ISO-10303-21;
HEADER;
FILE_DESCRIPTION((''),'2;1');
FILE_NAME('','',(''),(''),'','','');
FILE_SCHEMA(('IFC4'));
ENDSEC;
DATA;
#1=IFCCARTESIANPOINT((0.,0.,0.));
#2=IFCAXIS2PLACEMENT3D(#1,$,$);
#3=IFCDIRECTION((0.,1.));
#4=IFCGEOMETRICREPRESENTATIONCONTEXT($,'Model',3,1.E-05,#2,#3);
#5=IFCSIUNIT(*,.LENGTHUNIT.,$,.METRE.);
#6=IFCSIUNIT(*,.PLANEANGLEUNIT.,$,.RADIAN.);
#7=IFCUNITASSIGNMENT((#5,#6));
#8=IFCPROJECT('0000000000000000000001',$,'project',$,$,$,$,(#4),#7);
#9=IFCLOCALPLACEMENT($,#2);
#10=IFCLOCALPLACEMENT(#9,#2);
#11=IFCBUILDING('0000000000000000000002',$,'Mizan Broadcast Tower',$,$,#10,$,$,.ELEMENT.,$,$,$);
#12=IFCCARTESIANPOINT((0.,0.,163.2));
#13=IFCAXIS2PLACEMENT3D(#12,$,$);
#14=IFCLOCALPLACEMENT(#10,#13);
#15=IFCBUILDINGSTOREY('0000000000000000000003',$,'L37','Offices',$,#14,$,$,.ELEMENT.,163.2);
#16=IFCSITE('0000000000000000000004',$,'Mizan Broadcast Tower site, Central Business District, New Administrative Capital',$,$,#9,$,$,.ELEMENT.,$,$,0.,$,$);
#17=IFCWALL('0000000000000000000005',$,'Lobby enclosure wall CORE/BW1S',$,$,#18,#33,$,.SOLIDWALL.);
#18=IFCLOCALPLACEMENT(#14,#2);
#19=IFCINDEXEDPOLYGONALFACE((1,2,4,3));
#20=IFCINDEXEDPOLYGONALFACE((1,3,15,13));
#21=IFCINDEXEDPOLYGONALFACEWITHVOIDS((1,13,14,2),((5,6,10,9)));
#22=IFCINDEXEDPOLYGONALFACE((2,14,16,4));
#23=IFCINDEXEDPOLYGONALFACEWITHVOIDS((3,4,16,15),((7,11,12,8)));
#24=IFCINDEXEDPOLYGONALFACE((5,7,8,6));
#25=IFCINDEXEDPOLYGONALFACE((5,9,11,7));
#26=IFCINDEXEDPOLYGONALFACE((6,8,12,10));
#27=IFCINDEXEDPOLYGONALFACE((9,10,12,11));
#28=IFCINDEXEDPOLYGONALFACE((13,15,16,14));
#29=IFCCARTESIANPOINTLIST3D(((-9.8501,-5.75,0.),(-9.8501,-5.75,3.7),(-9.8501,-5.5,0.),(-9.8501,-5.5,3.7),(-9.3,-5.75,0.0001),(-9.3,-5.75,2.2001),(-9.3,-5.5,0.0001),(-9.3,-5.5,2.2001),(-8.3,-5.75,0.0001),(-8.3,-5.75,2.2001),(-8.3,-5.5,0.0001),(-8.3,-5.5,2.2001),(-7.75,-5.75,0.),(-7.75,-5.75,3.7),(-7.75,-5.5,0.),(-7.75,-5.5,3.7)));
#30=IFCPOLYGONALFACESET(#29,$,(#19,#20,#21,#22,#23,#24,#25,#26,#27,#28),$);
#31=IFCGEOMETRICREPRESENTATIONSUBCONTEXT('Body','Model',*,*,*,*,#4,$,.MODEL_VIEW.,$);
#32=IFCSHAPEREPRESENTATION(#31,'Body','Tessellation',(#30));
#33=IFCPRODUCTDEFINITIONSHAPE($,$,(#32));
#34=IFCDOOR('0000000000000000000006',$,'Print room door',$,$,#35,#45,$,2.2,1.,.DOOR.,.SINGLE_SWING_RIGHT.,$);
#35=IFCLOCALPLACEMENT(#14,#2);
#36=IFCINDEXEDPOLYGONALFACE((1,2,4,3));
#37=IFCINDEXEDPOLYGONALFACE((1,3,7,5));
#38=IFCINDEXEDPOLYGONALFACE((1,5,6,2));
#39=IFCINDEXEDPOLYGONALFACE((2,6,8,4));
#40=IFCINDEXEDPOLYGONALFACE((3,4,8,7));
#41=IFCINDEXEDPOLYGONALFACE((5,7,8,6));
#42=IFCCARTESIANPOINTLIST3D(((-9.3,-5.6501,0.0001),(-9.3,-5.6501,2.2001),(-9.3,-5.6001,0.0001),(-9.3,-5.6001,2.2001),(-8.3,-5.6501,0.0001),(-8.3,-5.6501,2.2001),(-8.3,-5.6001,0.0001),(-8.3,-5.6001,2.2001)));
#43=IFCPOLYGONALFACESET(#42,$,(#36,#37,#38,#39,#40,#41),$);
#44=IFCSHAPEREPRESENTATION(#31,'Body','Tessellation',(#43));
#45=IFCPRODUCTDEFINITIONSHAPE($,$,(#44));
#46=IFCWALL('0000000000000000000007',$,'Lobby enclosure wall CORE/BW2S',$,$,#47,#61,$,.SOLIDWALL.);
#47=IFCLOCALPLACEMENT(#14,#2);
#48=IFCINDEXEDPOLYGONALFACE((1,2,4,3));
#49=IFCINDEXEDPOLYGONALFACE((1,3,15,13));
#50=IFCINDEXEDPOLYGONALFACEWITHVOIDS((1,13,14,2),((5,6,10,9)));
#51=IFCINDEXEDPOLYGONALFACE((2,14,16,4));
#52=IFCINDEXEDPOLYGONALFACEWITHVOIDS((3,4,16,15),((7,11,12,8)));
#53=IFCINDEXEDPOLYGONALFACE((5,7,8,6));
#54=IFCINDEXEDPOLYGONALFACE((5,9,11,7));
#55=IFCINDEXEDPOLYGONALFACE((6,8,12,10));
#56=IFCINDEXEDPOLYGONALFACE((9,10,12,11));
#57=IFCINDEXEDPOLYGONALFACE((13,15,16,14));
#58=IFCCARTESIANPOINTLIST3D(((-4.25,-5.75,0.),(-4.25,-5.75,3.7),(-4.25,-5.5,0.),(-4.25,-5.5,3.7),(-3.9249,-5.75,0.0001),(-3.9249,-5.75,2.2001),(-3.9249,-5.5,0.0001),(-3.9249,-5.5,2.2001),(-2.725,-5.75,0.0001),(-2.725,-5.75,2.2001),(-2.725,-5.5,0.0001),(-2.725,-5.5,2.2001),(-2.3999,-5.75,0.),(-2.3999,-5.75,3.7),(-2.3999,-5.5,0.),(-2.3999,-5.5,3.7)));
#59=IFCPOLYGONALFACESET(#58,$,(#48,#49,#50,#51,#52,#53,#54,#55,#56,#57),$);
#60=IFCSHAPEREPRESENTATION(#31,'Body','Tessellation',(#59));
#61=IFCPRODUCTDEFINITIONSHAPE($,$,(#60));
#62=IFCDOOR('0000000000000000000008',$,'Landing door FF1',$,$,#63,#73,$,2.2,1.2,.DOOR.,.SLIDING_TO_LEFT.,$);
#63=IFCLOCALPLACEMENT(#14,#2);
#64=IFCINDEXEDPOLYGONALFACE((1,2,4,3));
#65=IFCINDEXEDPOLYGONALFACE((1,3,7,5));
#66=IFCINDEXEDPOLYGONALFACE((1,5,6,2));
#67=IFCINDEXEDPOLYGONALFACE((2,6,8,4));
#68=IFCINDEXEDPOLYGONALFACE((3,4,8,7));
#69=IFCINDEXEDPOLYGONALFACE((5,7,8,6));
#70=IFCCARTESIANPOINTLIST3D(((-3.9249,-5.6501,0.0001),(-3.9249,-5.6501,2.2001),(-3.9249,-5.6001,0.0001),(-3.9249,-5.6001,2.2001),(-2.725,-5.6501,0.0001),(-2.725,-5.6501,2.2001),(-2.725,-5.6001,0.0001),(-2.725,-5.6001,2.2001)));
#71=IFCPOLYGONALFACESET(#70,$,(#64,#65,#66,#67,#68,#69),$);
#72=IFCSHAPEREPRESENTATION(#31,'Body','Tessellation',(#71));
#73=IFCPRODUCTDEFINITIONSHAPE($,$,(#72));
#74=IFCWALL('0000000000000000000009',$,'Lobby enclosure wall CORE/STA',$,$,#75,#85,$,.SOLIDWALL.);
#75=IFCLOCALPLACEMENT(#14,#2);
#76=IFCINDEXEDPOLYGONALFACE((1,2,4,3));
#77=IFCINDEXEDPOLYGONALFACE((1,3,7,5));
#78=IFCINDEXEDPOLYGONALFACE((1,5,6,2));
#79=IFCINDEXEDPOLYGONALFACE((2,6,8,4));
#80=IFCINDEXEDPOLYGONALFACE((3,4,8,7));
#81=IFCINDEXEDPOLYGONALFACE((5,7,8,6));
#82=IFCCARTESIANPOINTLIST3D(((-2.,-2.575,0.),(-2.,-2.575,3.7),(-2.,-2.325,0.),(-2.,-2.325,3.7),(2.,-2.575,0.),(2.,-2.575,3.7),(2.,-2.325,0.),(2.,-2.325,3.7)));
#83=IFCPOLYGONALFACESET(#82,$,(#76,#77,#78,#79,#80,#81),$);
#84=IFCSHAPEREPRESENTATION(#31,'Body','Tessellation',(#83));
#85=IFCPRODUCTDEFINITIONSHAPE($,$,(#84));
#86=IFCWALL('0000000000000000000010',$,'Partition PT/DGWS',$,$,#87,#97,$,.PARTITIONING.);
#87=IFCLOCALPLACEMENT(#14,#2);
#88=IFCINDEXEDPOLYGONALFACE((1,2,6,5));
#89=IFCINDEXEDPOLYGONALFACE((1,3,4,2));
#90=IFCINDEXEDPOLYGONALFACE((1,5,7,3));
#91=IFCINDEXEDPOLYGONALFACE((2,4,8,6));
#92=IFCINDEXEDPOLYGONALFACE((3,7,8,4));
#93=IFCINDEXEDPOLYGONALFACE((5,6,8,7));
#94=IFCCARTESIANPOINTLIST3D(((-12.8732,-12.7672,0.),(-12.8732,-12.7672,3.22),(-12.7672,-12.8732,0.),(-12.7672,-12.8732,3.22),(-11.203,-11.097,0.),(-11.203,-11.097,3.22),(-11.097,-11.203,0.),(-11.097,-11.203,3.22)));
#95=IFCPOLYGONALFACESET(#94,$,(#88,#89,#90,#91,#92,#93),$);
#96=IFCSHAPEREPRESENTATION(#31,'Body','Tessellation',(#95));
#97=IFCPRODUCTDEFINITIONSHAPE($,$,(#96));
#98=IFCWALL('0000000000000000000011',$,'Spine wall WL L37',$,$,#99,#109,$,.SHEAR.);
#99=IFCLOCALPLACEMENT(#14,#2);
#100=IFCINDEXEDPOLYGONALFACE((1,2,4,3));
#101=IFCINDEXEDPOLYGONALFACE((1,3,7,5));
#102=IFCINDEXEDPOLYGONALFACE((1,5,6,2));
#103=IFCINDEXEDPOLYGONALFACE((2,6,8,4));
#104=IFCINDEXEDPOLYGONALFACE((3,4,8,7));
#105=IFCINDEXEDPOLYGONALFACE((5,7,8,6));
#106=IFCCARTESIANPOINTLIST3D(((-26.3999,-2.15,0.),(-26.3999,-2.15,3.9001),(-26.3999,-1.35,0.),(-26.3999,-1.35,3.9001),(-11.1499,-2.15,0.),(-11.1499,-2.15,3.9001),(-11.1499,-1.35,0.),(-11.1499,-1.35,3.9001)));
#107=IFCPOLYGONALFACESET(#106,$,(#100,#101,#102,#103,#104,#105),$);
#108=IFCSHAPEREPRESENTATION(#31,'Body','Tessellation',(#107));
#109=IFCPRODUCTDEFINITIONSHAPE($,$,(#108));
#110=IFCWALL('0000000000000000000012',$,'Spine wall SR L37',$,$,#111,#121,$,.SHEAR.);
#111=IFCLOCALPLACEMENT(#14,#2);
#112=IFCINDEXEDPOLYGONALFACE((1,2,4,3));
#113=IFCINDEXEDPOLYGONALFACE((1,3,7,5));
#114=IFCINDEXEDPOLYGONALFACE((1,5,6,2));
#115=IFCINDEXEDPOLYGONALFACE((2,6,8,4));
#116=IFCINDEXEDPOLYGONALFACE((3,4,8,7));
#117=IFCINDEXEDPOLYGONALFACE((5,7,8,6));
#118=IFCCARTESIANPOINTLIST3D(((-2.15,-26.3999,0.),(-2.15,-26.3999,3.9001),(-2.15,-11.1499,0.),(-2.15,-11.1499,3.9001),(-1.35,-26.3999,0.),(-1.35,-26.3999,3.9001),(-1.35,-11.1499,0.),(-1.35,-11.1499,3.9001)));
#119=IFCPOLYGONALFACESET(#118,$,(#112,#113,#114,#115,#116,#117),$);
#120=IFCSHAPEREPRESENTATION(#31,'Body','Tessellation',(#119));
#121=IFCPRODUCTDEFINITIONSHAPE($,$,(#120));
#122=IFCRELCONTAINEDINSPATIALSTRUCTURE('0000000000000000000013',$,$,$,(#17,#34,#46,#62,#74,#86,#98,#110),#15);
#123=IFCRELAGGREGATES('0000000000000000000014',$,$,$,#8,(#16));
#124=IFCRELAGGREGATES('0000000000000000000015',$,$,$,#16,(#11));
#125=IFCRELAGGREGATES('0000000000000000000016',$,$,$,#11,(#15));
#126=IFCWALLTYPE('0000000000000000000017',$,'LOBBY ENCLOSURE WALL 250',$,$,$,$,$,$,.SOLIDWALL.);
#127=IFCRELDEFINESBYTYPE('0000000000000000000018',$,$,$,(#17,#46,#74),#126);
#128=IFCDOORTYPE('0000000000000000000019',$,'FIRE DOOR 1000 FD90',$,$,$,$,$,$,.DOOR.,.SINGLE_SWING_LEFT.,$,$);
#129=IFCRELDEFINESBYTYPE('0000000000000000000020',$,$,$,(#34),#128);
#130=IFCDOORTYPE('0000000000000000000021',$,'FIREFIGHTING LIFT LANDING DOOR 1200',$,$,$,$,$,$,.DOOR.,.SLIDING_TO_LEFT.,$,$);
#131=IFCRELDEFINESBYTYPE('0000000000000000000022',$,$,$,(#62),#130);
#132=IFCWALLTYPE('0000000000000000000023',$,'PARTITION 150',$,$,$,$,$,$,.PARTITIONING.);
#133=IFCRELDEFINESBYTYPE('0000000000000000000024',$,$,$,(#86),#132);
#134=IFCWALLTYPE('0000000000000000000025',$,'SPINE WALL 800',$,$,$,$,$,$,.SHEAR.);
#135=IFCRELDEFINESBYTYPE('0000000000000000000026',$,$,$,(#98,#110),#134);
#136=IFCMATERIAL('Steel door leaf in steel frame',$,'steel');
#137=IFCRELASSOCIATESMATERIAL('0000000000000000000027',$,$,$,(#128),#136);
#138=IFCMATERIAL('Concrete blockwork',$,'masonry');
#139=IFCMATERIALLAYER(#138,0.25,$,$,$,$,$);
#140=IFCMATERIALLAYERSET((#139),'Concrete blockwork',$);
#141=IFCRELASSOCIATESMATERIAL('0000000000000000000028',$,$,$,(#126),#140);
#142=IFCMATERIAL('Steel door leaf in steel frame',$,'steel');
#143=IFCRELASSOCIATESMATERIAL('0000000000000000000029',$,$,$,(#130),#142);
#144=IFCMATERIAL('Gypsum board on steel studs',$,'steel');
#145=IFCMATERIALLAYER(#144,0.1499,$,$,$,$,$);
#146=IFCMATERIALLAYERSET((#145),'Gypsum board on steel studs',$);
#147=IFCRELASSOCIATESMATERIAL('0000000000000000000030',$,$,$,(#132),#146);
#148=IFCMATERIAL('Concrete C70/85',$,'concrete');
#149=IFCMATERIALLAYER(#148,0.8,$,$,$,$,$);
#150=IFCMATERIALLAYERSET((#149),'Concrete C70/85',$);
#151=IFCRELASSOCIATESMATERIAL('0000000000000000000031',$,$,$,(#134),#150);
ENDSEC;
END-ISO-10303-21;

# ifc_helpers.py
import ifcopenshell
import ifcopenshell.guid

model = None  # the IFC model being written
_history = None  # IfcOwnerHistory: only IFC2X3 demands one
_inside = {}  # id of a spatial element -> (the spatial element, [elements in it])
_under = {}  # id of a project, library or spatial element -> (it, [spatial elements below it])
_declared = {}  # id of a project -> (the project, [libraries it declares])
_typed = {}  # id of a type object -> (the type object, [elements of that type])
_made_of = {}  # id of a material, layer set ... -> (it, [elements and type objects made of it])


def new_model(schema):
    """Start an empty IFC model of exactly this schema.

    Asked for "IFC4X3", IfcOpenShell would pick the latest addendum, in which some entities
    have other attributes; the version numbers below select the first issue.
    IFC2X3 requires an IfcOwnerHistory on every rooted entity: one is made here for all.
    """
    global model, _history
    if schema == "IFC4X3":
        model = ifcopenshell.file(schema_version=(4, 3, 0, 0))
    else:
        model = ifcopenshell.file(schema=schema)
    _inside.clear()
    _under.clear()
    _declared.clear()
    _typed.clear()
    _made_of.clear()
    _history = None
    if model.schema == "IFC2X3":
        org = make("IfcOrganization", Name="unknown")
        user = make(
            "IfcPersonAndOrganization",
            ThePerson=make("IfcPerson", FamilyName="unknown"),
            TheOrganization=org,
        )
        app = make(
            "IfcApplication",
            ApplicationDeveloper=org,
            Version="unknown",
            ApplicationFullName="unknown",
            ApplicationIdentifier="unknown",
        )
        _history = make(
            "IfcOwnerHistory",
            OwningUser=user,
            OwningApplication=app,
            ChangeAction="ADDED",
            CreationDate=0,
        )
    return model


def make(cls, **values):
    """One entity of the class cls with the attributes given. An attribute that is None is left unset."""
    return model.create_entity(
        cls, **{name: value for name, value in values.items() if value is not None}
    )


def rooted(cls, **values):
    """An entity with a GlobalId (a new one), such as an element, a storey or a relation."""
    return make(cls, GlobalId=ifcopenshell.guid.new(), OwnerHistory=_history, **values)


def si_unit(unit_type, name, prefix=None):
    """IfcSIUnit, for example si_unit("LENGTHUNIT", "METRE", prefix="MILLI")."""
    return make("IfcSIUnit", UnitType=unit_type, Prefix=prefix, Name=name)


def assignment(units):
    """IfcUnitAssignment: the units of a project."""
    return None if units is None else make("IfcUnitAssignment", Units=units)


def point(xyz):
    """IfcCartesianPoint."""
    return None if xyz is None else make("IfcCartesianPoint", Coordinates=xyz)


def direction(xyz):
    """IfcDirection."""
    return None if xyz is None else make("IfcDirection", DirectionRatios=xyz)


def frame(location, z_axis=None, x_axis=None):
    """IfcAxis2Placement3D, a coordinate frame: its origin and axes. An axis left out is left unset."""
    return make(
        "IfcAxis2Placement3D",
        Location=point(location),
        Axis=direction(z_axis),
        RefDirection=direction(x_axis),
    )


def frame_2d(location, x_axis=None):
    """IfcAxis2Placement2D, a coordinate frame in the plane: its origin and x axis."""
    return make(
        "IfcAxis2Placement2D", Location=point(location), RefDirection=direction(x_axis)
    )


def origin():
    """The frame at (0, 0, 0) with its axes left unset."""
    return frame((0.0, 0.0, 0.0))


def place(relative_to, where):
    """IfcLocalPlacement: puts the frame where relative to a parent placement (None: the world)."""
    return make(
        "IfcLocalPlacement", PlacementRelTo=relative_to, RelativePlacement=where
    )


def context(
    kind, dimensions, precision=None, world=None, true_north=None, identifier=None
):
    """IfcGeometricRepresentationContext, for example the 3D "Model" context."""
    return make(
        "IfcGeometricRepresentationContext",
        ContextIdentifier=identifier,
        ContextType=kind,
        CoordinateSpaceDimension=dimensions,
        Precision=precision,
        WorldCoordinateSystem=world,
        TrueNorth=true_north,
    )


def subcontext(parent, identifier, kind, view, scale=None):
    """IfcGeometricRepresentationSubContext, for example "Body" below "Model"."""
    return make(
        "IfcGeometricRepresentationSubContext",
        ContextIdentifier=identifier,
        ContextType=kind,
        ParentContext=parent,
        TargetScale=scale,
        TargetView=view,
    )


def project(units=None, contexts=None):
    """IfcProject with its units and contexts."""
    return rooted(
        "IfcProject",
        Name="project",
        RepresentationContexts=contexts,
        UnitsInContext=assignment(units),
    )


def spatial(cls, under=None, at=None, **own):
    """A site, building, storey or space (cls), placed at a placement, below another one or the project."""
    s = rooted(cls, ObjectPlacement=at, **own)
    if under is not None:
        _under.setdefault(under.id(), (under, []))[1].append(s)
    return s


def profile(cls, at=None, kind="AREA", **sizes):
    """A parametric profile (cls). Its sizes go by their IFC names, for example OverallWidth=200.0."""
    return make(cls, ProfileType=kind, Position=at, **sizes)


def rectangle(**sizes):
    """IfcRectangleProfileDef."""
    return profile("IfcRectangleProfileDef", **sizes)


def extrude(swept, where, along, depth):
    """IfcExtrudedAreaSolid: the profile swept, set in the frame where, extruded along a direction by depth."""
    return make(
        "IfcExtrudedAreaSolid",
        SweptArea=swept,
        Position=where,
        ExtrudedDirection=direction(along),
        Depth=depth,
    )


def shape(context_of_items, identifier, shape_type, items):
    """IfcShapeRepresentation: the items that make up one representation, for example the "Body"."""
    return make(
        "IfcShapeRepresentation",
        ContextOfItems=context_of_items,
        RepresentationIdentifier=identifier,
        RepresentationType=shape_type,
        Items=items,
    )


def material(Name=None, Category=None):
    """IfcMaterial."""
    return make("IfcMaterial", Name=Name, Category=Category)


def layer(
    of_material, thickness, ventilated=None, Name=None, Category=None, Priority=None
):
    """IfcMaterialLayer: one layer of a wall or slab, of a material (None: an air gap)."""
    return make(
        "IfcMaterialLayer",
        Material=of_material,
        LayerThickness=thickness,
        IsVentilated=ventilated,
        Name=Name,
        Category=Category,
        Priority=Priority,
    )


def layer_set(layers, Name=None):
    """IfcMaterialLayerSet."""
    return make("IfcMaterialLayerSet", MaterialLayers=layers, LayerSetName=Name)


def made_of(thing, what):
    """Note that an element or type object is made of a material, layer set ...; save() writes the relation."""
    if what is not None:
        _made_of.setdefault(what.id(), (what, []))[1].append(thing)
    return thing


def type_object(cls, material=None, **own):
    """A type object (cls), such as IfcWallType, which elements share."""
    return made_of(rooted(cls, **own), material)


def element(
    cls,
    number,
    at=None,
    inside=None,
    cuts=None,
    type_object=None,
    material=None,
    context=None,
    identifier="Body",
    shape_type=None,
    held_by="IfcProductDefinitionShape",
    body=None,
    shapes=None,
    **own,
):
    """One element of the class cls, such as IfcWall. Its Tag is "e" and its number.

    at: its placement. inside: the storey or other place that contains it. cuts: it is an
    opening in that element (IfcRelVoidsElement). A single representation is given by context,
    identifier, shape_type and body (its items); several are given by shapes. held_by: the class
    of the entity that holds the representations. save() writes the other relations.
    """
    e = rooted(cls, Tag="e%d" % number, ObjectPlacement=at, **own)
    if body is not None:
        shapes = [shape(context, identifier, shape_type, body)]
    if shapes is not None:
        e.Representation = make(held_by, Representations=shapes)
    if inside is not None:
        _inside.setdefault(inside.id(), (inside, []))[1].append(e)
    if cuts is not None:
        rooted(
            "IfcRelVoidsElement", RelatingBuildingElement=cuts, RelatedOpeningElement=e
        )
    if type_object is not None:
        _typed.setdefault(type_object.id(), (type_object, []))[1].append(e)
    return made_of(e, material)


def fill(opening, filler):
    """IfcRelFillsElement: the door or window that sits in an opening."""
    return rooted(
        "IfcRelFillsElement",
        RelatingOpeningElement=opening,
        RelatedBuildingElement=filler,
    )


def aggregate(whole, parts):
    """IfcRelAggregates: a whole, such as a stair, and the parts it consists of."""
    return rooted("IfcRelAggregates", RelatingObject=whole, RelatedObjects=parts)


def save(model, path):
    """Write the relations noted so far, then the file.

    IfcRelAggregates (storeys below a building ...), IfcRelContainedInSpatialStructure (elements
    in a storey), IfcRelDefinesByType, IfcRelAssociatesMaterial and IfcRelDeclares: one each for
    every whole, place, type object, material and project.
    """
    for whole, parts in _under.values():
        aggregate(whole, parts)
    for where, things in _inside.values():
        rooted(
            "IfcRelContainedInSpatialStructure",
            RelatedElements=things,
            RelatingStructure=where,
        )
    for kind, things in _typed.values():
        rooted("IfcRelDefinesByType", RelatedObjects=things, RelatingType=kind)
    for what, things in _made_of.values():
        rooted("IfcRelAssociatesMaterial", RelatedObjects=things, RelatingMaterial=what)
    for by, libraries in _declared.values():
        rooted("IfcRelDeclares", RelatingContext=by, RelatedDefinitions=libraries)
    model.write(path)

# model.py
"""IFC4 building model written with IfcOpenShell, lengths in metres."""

from ifc_helpers import new_model, si_unit, direction, frame, frame_2d, origin, place, context, subcontext, project, spatial, rectangle, extrude, material, layer, layer_set, type_object, element, fill, save


model = new_model("IFC4")

# Units and contexts
model_context = context("Model", 3, precision=1e-05, world=origin(), true_north=direction((0.0, 1.0)))
body_context = subcontext(model_context, "Body", "Model", "MODEL_VIEW")
ifc_project = project(units=[si_unit("LENGTHUNIT", "METRE"), si_unit("PLANEANGLEUNIT", "RADIAN")], contexts=[model_context])

# Site, building, storey
site_placement = place(None, origin())
site = spatial("IfcSite", under=ifc_project, at=site_placement, Name="Mizan Broadcast Tower site, Central Business District, New Administrative Capital", CompositionType="ELEMENT", RefElevation=0.0)
building_placement = place(site_placement, origin())
building = spatial("IfcBuilding", under=site, at=building_placement, Name="Mizan Broadcast Tower", CompositionType="ELEMENT")
storey_placement = place(building_placement, frame((0.0, 0.0, 163.2)))
storey = spatial("IfcBuildingStorey", under=building, at=storey_placement, Name="L37", Description="Offices", CompositionType="ELEMENT", Elevation=163.2)

# Shared definitions
ifc_material_1 = material(Name="Steel door leaf in steel frame", Category="steel")
door_type_1 = type_object("IfcDoorType", Name="FIRE DOOR 1000 FD90", OperationType="SINGLE_SWING_LEFT", PredefinedType="DOOR", material=ifc_material_1)

# Walls, openings, doors
ifc_material_2 = material(Name="Concrete blockwork", Category="masonry")
ifc_layer_1 = layer(ifc_material_2, 0.25)
ifc_layer_set_1 = layer_set([ifc_layer_1], Name="Concrete blockwork")
wall_type_1 = type_object("IfcWallType", Name="LOBBY ENCLOSURE WALL 250", PredefinedType="SOLIDWALL", material=ifc_layer_set_1)
wall_1_placement = place(storey_placement, frame((-9.8501, -5.625, 0.0), z_axis=(0.0, 0.0, 1.0), x_axis=(1.0, 0.0, 0.0)))
wall_1 = element("IfcWall", 1, at=wall_1_placement, inside=storey, type_object=wall_type_1, Name="Lobby enclosure wall CORE/BW1S", PredefinedType="SOLIDWALL", context=body_context, shape_type="SweptSolid", body=[
    extrude(rectangle(XDim=2.1001, YDim=0.25, at=frame_2d((1.05, 0.0))), origin(), (0.0, 0.0, 1.0), 3.7),
])
opening_1_placement = place(wall_1_placement, frame((0.55, 0.0, 0.0)))
opening_1 = element("IfcOpeningElement", 2, at=opening_1_placement, cuts=wall_1, PredefinedType="OPENING", context=body_context, shape_type="SweptSolid", body=[
    extrude(rectangle(XDim=1.0, YDim=2.2, at=frame_2d((0.5, 1.1001))), frame((0.0, 0.135, 0.0), z_axis=(0.0, -1.0, 0.0), x_axis=(1.0, 0.0, 0.0)), (0.0, 0.0, 1.0), 0.27),
])
door_1_placement = place(opening_1_placement, origin())
door_1 = element("IfcDoor", 3, at=door_1_placement, inside=storey, type_object=door_type_1, Name="Print room door", OperationType="SINGLE_SWING_RIGHT", OverallHeight=2.2, OverallWidth=1.0, PredefinedType="DOOR", context=body_context, shape_type="SweptSolid", body=[
    extrude(rectangle(XDim=1.0, YDim=2.2, at=frame_2d((0.5, 1.1001))), frame((0.0, 0.0249, 0.0), z_axis=(0.0, -1.0, 0.0), x_axis=(1.0, 0.0, 0.0)), (0.0, 0.0, 1.0), 0.05),
])
fill(opening_1, door_1)
wall_2_placement = place(storey_placement, frame((-4.25, -5.625, 0.0), z_axis=(0.0, 0.0, 1.0), x_axis=(1.0, 0.0, 0.0)))
wall_2 = element("IfcWall", 4, at=wall_2_placement, inside=storey, type_object=wall_type_1, Name="Lobby enclosure wall CORE/BW2S", PredefinedType="SOLIDWALL", context=body_context, shape_type="SweptSolid", body=[
    extrude(rectangle(XDim=1.8501, YDim=0.25, at=frame_2d((0.925, 0.0))), origin(), (0.0, 0.0, 1.0), 3.7),
])
opening_2_placement = place(wall_2_placement, frame((0.325, 0.0, 0.0)))
opening_2 = element("IfcOpeningElement", 5, at=opening_2_placement, cuts=wall_2, PredefinedType="OPENING", context=body_context, shape_type="SweptSolid", body=[
    extrude(rectangle(XDim=1.2, YDim=2.2, at=frame_2d((0.6001, 1.1001))), frame((0.0, 0.135, 0.0), z_axis=(0.0, -1.0, 0.0), x_axis=(1.0, 0.0, 0.0)), (0.0, 0.0, 1.0), 0.27),
])
ifc_material_3 = material(Name="Steel door leaf in steel frame", Category="steel")
door_type_2 = type_object("IfcDoorType", Name="FIREFIGHTING LIFT LANDING DOOR 1200", OperationType="SLIDING_TO_LEFT", PredefinedType="DOOR", material=ifc_material_3)
door_2_placement = place(opening_2_placement, origin())
door_2 = element("IfcDoor", 6, at=door_2_placement, inside=storey, type_object=door_type_2, Name="Landing door FF1", OperationType="SLIDING_TO_LEFT", OverallHeight=2.2, OverallWidth=1.2, PredefinedType="DOOR", context=body_context, shape_type="SweptSolid", body=[
    extrude(rectangle(XDim=1.2, YDim=2.2, at=frame_2d((0.6001, 1.1001))), frame((0.0, 0.0249, 0.0), z_axis=(0.0, -1.0, 0.0), x_axis=(1.0, 0.0, 0.0)), (0.0, 0.0, 1.0), 0.05),
])
fill(opening_2, door_2)

# Walls
wall_3_placement = place(storey_placement, frame((-2.0, -2.45, 0.0), z_axis=(0.0, 0.0, 1.0), x_axis=(1.0, 0.0, 0.0)))
element("IfcWall", 7, at=wall_3_placement, inside=storey, type_object=wall_type_1, Name="Lobby enclosure wall CORE/STA", PredefinedType="SOLIDWALL", context=body_context, shape_type="SweptSolid", body=[
    extrude(rectangle(XDim=4.0, YDim=0.25, at=frame_2d((2.0, 0.0))), origin(), (0.0, 0.0, 1.0), 3.7),
])
ifc_material_4 = material(Name="Gypsum board on steel studs", Category="steel")
ifc_layer_2 = layer(ifc_material_4, 0.1499)
ifc_layer_set_2 = layer_set([ifc_layer_2], Name="Gypsum board on steel studs")
wall_type_2 = type_object("IfcWallType", Name="PARTITION 150", PredefinedType="PARTITIONING", material=ifc_layer_set_2)
wall_4_placement = place(storey_placement, frame((-11.1499, -11.1499, 0.0), z_axis=(0.0, 0.0, 1.0), x_axis=(-0.707107, -0.707107, 0.0)))
element("IfcWall", 8, at=wall_4_placement, inside=storey, type_object=wall_type_2, Name="Partition PT/DGWS", PredefinedType="PARTITIONING", context=body_context, shape_type="SweptSolid", body=[
    extrude(rectangle(XDim=2.3621, YDim=0.1499, at=frame_2d((1.1812, 0.0))), origin(), (0.0, 0.0, 1.0), 3.22),
])
ifc_material_5 = material(Name="Concrete C70/85", Category="concrete")
ifc_layer_3 = layer(ifc_material_5, 0.8)
ifc_layer_set_3 = layer_set([ifc_layer_3], Name="Concrete C70/85")
wall_type_3 = type_object("IfcWallType", Name="SPINE WALL 800", PredefinedType="SHEAR", material=ifc_layer_set_3)
for number, where, z_axis, x_axis, name in (
    (9, (-11.1499, -1.75, 0.0), (0.0, 0.0, 1.0), (-1.0, 0.0, 0.0), "Spine wall WL L37"),
    (10, (-1.75, -11.1499, 0.0), (0.0, 0.0, 1.0), (0.0, -1.0, 0.0), "Spine wall SR L37"),
):
    element("IfcWall", number, at=place(storey_placement, frame(where, z_axis=z_axis, x_axis=x_axis)), inside=storey, type_object=wall_type_3, Name=name, PredefinedType="SHEAR", context=body_context, shape_type="SweptSolid", body=[
        extrude(rectangle(XDim=15.25, YDim=0.8, at=frame_2d((7.625, 0.0))), origin(), (0.0, 0.0, 1.0), 3.9001),
    ])

save(model, "model.ifc")
